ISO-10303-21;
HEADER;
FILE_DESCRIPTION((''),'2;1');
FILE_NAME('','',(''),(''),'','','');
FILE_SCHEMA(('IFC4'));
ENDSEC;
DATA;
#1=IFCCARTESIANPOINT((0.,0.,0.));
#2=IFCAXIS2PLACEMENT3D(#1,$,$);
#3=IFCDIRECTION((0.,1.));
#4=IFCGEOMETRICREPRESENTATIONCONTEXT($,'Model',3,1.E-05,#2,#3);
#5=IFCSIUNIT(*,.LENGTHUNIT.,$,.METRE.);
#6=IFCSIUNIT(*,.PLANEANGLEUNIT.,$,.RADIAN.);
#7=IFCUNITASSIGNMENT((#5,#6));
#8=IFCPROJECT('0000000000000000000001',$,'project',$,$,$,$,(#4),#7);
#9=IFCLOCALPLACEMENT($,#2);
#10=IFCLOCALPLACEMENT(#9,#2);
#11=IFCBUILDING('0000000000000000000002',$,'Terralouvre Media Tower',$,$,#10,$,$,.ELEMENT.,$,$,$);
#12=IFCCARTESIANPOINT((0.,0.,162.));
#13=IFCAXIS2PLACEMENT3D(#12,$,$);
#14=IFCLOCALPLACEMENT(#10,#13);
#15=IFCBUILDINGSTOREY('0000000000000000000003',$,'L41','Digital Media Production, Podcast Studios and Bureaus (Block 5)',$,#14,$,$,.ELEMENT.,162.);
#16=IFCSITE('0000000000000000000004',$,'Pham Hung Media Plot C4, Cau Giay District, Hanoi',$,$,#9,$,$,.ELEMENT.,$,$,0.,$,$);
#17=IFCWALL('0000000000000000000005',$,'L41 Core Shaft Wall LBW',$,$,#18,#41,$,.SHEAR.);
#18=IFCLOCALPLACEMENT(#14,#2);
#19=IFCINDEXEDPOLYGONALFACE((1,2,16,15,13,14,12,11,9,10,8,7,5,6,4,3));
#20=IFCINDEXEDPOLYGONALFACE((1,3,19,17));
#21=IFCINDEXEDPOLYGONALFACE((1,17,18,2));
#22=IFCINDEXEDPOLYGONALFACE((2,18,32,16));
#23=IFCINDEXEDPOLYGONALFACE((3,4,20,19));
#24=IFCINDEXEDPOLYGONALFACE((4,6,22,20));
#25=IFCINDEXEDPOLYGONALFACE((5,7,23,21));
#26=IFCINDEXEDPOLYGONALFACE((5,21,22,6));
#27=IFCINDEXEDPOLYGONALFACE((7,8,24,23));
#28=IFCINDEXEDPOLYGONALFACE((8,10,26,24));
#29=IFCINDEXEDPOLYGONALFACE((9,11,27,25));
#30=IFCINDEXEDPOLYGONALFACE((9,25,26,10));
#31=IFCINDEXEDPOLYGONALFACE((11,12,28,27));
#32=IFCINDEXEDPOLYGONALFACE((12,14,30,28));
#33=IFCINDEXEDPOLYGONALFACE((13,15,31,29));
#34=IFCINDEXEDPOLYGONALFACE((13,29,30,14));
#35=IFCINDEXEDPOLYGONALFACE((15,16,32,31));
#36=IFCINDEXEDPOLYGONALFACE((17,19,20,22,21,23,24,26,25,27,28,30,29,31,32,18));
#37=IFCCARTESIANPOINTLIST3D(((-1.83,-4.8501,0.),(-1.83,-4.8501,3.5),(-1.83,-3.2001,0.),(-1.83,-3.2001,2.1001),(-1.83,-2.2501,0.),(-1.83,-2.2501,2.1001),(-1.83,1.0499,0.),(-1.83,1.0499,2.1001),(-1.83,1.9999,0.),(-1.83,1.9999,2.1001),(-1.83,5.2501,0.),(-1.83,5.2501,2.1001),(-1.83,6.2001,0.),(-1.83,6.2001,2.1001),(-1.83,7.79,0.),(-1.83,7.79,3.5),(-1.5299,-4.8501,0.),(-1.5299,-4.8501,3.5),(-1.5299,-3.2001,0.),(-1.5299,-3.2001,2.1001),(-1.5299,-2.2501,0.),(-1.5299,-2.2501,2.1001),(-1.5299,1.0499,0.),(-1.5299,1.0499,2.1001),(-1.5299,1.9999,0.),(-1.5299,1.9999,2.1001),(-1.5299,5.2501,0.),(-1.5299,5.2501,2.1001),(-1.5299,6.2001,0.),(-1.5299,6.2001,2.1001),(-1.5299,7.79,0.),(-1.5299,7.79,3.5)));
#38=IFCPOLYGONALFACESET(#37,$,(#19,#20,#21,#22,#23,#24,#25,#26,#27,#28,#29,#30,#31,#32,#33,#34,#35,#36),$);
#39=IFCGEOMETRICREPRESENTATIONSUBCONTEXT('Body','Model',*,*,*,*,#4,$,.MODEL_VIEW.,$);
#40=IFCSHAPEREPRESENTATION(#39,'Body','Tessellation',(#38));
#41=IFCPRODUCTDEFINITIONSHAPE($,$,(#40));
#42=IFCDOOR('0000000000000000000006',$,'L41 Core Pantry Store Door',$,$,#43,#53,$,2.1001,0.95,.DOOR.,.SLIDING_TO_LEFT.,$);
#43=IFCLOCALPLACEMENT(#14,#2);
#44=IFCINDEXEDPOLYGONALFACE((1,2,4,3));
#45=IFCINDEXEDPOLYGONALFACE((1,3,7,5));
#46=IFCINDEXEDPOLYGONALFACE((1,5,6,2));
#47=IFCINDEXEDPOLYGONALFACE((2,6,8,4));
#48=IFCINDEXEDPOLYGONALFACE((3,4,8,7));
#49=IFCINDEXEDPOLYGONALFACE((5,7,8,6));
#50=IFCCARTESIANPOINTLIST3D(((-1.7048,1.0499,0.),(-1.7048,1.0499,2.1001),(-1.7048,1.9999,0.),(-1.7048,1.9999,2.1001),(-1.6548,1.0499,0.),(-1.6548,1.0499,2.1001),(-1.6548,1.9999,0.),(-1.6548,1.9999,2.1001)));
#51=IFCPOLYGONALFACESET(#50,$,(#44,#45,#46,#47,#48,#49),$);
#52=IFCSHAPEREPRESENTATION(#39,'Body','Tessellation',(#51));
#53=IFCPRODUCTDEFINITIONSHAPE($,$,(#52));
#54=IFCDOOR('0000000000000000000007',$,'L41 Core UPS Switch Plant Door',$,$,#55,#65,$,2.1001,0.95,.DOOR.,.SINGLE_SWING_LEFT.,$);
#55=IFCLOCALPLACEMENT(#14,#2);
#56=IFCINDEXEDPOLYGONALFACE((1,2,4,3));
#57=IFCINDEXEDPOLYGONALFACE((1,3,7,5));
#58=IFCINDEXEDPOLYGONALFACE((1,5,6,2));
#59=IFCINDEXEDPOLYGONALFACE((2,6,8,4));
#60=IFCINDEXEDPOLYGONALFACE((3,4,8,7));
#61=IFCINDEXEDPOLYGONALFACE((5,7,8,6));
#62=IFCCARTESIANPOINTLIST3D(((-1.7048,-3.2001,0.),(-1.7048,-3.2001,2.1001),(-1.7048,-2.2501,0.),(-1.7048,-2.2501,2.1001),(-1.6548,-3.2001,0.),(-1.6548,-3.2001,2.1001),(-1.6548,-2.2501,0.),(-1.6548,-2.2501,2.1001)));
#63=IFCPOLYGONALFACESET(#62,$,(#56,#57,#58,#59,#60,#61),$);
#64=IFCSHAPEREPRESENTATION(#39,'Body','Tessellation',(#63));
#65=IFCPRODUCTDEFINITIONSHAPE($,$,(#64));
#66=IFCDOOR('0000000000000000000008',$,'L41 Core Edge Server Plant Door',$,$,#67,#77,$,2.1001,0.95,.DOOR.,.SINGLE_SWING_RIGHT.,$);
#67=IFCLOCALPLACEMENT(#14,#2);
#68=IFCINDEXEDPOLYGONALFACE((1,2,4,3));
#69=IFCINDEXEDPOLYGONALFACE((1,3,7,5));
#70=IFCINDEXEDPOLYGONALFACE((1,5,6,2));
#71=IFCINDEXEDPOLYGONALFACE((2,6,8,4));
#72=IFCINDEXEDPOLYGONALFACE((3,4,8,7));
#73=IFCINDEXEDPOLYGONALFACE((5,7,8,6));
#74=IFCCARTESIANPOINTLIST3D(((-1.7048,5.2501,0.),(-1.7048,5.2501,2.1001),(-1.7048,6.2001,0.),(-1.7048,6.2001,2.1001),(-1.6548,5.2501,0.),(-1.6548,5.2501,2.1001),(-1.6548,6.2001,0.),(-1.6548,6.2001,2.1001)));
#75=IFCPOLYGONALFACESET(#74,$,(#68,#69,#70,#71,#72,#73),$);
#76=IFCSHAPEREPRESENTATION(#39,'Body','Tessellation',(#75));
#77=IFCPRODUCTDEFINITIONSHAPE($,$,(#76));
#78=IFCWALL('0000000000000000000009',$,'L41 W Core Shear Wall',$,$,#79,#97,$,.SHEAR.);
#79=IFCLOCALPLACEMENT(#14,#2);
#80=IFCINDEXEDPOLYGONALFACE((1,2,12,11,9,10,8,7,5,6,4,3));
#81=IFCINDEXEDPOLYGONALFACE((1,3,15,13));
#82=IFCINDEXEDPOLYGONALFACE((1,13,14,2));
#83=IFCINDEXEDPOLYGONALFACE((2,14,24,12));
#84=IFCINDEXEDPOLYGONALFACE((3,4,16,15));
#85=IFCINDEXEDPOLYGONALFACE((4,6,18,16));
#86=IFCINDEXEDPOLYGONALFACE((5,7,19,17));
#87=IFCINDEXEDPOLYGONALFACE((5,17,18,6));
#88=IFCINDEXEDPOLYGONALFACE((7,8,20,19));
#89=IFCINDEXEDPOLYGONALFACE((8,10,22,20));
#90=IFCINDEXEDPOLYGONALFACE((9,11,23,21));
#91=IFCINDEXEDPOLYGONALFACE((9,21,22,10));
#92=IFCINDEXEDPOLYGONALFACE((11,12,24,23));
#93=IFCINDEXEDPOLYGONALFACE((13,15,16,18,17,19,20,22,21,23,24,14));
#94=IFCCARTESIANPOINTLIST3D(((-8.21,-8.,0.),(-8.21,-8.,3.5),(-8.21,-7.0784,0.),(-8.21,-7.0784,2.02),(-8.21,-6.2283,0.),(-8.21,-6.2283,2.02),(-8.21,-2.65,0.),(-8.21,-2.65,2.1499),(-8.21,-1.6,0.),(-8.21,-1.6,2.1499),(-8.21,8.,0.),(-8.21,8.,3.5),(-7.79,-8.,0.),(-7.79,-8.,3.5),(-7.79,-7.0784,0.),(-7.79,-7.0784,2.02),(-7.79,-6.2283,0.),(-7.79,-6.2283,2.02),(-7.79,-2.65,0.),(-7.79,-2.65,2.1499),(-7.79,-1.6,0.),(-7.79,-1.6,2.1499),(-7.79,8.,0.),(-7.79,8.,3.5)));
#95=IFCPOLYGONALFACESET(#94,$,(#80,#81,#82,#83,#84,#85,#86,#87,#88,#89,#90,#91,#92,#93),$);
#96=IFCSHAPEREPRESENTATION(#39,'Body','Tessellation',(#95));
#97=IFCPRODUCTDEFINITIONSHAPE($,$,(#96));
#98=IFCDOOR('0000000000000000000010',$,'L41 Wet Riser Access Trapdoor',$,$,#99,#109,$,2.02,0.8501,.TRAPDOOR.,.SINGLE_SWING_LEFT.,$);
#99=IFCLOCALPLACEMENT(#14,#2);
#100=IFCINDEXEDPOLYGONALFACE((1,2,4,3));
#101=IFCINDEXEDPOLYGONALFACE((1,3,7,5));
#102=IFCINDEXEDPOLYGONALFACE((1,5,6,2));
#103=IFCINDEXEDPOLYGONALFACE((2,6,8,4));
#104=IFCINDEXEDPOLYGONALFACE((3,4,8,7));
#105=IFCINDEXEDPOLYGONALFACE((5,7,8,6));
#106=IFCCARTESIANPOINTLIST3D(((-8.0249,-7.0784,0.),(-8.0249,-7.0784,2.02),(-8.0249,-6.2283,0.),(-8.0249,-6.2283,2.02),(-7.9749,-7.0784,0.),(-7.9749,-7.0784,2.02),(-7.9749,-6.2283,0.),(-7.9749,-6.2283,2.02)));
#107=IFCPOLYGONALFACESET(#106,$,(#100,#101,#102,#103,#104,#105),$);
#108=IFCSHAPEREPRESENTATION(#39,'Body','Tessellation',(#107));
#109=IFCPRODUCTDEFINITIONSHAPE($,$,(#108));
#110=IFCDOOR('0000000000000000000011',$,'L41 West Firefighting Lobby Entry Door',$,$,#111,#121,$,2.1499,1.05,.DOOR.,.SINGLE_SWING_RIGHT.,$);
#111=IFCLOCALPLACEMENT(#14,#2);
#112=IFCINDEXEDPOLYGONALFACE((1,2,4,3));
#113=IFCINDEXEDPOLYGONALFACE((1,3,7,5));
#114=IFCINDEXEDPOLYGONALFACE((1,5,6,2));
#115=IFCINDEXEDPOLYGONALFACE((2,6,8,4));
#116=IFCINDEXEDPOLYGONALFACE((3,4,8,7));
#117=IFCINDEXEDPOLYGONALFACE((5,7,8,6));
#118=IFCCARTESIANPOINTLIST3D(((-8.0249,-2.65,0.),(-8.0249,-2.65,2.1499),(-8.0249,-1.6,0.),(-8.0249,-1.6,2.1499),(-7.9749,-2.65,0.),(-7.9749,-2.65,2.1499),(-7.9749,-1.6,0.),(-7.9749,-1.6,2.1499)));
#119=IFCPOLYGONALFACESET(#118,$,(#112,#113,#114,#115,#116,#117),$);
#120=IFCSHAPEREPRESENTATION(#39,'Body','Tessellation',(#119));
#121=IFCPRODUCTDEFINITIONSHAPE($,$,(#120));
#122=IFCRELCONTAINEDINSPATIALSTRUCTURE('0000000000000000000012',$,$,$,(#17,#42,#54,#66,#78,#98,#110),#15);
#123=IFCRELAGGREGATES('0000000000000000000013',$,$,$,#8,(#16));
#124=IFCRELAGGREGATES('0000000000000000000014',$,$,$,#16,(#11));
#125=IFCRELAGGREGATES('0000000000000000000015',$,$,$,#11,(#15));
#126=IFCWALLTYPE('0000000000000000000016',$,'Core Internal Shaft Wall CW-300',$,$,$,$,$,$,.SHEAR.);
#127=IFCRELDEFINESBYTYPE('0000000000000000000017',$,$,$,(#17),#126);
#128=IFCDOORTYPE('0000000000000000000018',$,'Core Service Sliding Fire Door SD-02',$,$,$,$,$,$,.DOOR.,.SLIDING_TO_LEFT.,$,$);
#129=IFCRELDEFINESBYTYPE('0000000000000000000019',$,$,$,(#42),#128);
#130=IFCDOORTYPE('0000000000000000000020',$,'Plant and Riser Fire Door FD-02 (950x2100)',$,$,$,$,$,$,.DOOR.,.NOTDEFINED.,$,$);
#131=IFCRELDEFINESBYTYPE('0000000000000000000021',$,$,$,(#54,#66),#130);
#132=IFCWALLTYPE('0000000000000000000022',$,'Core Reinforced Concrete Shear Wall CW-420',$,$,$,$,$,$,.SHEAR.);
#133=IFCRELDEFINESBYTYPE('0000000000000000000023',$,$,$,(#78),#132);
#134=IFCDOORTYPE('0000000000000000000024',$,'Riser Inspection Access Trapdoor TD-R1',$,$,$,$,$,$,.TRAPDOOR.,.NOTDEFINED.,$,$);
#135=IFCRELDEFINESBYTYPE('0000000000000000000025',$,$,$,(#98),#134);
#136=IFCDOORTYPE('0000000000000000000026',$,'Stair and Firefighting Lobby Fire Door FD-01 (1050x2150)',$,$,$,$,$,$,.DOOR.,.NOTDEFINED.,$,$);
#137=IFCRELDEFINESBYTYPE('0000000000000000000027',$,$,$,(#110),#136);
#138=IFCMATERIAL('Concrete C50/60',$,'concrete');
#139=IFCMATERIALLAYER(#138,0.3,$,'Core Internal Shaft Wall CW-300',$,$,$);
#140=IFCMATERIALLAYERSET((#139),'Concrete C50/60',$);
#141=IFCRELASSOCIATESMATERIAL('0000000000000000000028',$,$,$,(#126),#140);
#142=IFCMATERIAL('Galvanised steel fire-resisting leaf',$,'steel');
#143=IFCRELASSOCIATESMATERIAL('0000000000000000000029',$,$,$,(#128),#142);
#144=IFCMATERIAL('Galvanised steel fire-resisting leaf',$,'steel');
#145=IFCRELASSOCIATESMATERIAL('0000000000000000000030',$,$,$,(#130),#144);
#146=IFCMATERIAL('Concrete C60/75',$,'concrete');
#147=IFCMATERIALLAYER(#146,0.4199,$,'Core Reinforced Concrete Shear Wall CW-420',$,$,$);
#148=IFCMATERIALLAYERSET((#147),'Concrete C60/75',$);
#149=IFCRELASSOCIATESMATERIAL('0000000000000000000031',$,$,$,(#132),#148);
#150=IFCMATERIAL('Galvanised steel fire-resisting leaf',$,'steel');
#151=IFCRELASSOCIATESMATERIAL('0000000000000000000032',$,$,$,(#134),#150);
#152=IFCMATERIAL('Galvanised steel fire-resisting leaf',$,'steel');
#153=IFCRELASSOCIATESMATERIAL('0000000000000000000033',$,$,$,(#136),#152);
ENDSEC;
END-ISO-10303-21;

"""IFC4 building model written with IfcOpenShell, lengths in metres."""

from ifc_helpers import new_model, si_unit, direction, frame, frame_2d, origin, place, context, subcontext, project, spatial, rectangle, extrude, material, layer, layer_set, type_object, element, fill, save


model = new_model("IFC4")

# Units and contexts
model_context = context("Model", 3, precision=1e-05, world=origin(), true_north=direction((0.0, 1.0)))
body_context = subcontext(model_context, "Body", "Model", "MODEL_VIEW")
ifc_project = project(units=[si_unit("LENGTHUNIT", "METRE"), si_unit("PLANEANGLEUNIT", "RADIAN")], contexts=[model_context])

# Site, building, storey
site_placement = place(None, origin())
site = spatial("IfcSite", under=ifc_project, at=site_placement, Name="Pham Hung Media Plot C4, Cau Giay District, Hanoi", CompositionType="ELEMENT", RefElevation=0.0)
building_placement = place(site_placement, origin())
building = spatial("IfcBuilding", under=site, at=building_placement, Name="Terralouvre Media Tower", CompositionType="ELEMENT")
storey_placement = place(building_placement, frame((0.0, 0.0, 162.0)))
storey = spatial("IfcBuildingStorey", under=building, at=storey_placement, Name="L41", Description="Digital Media Production, Podcast Studios and Bureaus (Block 5)", CompositionType="ELEMENT", Elevation=162.0)

# Shared definitions
ifc_material_1 = material(Name="Concrete C50/60", Category="concrete")
ifc_layer_1 = layer(ifc_material_1, 0.3, Name="Core Internal Shaft Wall CW-300")
ifc_layer_set_1 = layer_set([ifc_layer_1], Name="Concrete C50/60")
wall_type_1 = type_object("IfcWallType", Name="Core Internal Shaft Wall CW-300", PredefinedType="SHEAR", material=ifc_layer_set_1)

# Walls, openings, doors
wall_1_placement = place(storey_placement, frame((-1.6799, -4.8501, 0.0), z_axis=(0.0, 0.0, 1.0), x_axis=(0.0, 1.0, 0.0)))
wall_1 = element("IfcWall", 1, at=wall_1_placement, inside=storey, type_object=wall_type_1, Name="L41 Core Shaft Wall LBW", PredefinedType="SHEAR", context=body_context, shape_type="SweptSolid", body=[
    extrude(rectangle(XDim=12.6401, YDim=0.3, at=frame_2d((6.3201, 0.0))), origin(), (0.0, 0.0, 1.0), 3.5),
])
opening_1_placement = place(wall_1_placement, frame((1.6499, 0.0, 0.0)))
opening_1 = element("IfcOpeningElement", 2, at=opening_1_placement, cuts=wall_1, PredefinedType="OPENING", context=body_context, shape_type="SweptSolid", body=[
    extrude(rectangle(XDim=0.95, YDim=2.1001, at=frame_2d((0.4751, 1.05))), frame((0.0, 0.1599, 0.0), z_axis=(0.0, -1.0, 0.0), x_axis=(1.0, 0.0, 0.0)), (0.0, 0.0, 1.0), 0.3201),
])
opening_2_placement = place(wall_1_placement, frame((5.8999, 0.0, 0.0)))
opening_2 = element("IfcOpeningElement", 3, at=opening_2_placement, cuts=wall_1, PredefinedType="OPENING", context=body_context, shape_type="SweptSolid", body=[
    extrude(rectangle(XDim=0.95, YDim=2.1001, at=frame_2d((0.4751, 1.05))), frame((0.0, 0.1599, 0.0), z_axis=(0.0, -1.0, 0.0), x_axis=(1.0, 0.0, 0.0)), (0.0, 0.0, 1.0), 0.3201),
])
opening_3_placement = place(wall_1_placement, frame((10.1001, 0.0, 0.0)))
opening_3 = element("IfcOpeningElement", 4, at=opening_3_placement, cuts=wall_1, PredefinedType="OPENING", context=body_context, shape_type="SweptSolid", body=[
    extrude(rectangle(XDim=0.95, YDim=2.1001, at=frame_2d((0.4751, 1.05))), frame((0.0, 0.1599, 0.0), z_axis=(0.0, -1.0, 0.0), x_axis=(1.0, 0.0, 0.0)), (0.0, 0.0, 1.0), 0.3201),
])
ifc_material_2 = material(Name="Galvanised steel fire-resisting leaf", Category="steel")
door_type_1 = type_object("IfcDoorType", Name="Core Service Sliding Fire Door SD-02", OperationType="SLIDING_TO_LEFT", PredefinedType="DOOR", material=ifc_material_2)
door_1_placement = place(opening_2_placement, origin())
door_1 = element("IfcDoor", 5, at=door_1_placement, inside=storey, type_object=door_type_1, Name="L41 Core Pantry Store Door", OperationType="SLIDING_TO_LEFT", OverallHeight=2.1001, OverallWidth=0.95, PredefinedType="DOOR", context=body_context, shape_type="SweptSolid", body=[
    extrude(rectangle(XDim=0.95, YDim=2.1001, at=frame_2d((0.4751, 1.05))), frame((0.0, 0.0249, 0.0), z_axis=(0.0, -1.0, 0.0), x_axis=(1.0, 0.0, 0.0)), (0.0, 0.0, 1.0), 0.05),
])
fill(opening_2, door_1)
ifc_material_3 = material(Name="Galvanised steel fire-resisting leaf", Category="steel")
door_type_2 = type_object("IfcDoorType", Name="Plant and Riser Fire Door FD-02 (950x2100)", OperationType="NOTDEFINED", PredefinedType="DOOR", material=ifc_material_3)
door_2_placement = place(opening_1_placement, origin())
door_2 = element("IfcDoor", 6, at=door_2_placement, inside=storey, type_object=door_type_2, Name="L41 Core UPS Switch Plant Door", OperationType="SINGLE_SWING_LEFT", OverallHeight=2.1001, OverallWidth=0.95, PredefinedType="DOOR", context=body_context, shape_type="SweptSolid", body=[
    extrude(rectangle(XDim=0.95, YDim=2.1001, at=frame_2d((0.4751, 1.05))), frame((0.0, 0.0249, 0.0), z_axis=(0.0, -1.0, 0.0), x_axis=(1.0, 0.0, 0.0)), (0.0, 0.0, 1.0), 0.05),
])
fill(opening_1, door_2)
door_3_placement = place(opening_3_placement, origin())
door_3 = element("IfcDoor", 7, at=door_3_placement, inside=storey, type_object=door_type_2, Name="L41 Core Edge Server Plant Door", OperationType="SINGLE_SWING_RIGHT", OverallHeight=2.1001, OverallWidth=0.95, PredefinedType="DOOR", context=body_context, shape_type="SweptSolid", body=[
    extrude(rectangle(XDim=0.95, YDim=2.1001, at=frame_2d((0.4751, 1.05))), frame((0.0, 0.0249, 0.0), z_axis=(0.0, -1.0, 0.0), x_axis=(1.0, 0.0, 0.0)), (0.0, 0.0, 1.0), 0.05),
])
fill(opening_3, door_3)
ifc_material_4 = material(Name="Concrete C60/75", Category="concrete")
ifc_layer_2 = layer(ifc_material_4, 0.4199, Name="Core Reinforced Concrete Shear Wall CW-420")
ifc_layer_set_2 = layer_set([ifc_layer_2], Name="Concrete C60/75")
wall_type_2 = type_object("IfcWallType", Name="Core Reinforced Concrete Shear Wall CW-420", PredefinedType="SHEAR", material=ifc_layer_set_2)
wall_2_placement = place(storey_placement, frame((-8.0, -8.0, 0.0), z_axis=(0.0, 0.0, 1.0), x_axis=(0.0, 1.0, 0.0)))
wall_2 = element("IfcWall", 8, at=wall_2_placement, inside=storey, type_object=wall_type_2, Name="L41 W Core Shear Wall", PredefinedType="SHEAR", context=body_context, shape_type="SweptSolid", body=[
    extrude(rectangle(XDim=16.0, YDim=0.4199, at=frame_2d((8.0, 0.0))), origin(), (0.0, 0.0, 1.0), 3.5),
])
opening_4_placement = place(wall_2_placement, frame((0.9216, 0.0, 0.0)))
opening_4 = element("IfcOpeningElement", 9, at=opening_4_placement, cuts=wall_2, PredefinedType="OPENING", context=body_context, shape_type="SweptSolid", body=[
    extrude(rectangle(XDim=0.8501, YDim=2.02, at=frame_2d((0.425, 1.01))), frame((0.0, 0.22, 0.0), z_axis=(0.0, -1.0, 0.0), x_axis=(1.0, 0.0, 0.0)), (0.0, 0.0, 1.0), 0.4399),
])
opening_5_placement = place(wall_2_placement, frame((5.3501, 0.0, 0.0)))
opening_5 = element("IfcOpeningElement", 10, at=opening_5_placement, cuts=wall_2, PredefinedType="OPENING", context=body_context, shape_type="SweptSolid", body=[
    extrude(rectangle(XDim=1.05, YDim=2.1499, at=frame_2d((0.5249, 1.075))), frame((0.0, 0.22, 0.0), z_axis=(0.0, -1.0, 0.0), x_axis=(1.0, 0.0, 0.0)), (0.0, 0.0, 1.0), 0.4399),
])
ifc_material_5 = material(Name="Galvanised steel fire-resisting leaf", Category="steel")
door_type_3 = type_object("IfcDoorType", Name="Riser Inspection Access Trapdoor TD-R1", OperationType="NOTDEFINED", PredefinedType="TRAPDOOR", material=ifc_material_5)
door_4_placement = place(opening_4_placement, origin())
door_4 = element("IfcDoor", 11, at=door_4_placement, inside=storey, type_object=door_type_3, Name="L41 Wet Riser Access Trapdoor", OperationType="SINGLE_SWING_LEFT", OverallHeight=2.02, OverallWidth=0.8501, PredefinedType="TRAPDOOR", context=body_context, shape_type="SweptSolid", body=[
    extrude(rectangle(XDim=0.8501, YDim=2.02, at=frame_2d((0.425, 1.01))), frame((0.0, 0.0249, 0.0), z_axis=(0.0, -1.0, 0.0), x_axis=(1.0, 0.0, 0.0)), (0.0, 0.0, 1.0), 0.05),
])
fill(opening_4, door_4)
ifc_material_6 = material(Name="Galvanised steel fire-resisting leaf", Category="steel")
door_type_4 = type_object("IfcDoorType", Name="Stair and Firefighting Lobby Fire Door FD-01 (1050x2150)", OperationType="NOTDEFINED", PredefinedType="DOOR", material=ifc_material_6)
door_5_placement = place(opening_5_placement, origin())
door_5 = element("IfcDoor", 12, at=door_5_placement, inside=storey, type_object=door_type_4, Name="L41 West Firefighting Lobby Entry Door", OperationType="SINGLE_SWING_RIGHT", OverallHeight=2.1499, OverallWidth=1.05, PredefinedType="DOOR", context=body_context, shape_type="SweptSolid", body=[
    extrude(rectangle(XDim=1.05, YDim=2.1499, at=frame_2d((0.5249, 1.075))), frame((0.0, 0.0249, 0.0), z_axis=(0.0, -1.0, 0.0), x_axis=(1.0, 0.0, 0.0)), (0.0, 0.0, 1.0), 0.05),
])
fill(opening_5, door_5)

save(model, "model.ifc")
